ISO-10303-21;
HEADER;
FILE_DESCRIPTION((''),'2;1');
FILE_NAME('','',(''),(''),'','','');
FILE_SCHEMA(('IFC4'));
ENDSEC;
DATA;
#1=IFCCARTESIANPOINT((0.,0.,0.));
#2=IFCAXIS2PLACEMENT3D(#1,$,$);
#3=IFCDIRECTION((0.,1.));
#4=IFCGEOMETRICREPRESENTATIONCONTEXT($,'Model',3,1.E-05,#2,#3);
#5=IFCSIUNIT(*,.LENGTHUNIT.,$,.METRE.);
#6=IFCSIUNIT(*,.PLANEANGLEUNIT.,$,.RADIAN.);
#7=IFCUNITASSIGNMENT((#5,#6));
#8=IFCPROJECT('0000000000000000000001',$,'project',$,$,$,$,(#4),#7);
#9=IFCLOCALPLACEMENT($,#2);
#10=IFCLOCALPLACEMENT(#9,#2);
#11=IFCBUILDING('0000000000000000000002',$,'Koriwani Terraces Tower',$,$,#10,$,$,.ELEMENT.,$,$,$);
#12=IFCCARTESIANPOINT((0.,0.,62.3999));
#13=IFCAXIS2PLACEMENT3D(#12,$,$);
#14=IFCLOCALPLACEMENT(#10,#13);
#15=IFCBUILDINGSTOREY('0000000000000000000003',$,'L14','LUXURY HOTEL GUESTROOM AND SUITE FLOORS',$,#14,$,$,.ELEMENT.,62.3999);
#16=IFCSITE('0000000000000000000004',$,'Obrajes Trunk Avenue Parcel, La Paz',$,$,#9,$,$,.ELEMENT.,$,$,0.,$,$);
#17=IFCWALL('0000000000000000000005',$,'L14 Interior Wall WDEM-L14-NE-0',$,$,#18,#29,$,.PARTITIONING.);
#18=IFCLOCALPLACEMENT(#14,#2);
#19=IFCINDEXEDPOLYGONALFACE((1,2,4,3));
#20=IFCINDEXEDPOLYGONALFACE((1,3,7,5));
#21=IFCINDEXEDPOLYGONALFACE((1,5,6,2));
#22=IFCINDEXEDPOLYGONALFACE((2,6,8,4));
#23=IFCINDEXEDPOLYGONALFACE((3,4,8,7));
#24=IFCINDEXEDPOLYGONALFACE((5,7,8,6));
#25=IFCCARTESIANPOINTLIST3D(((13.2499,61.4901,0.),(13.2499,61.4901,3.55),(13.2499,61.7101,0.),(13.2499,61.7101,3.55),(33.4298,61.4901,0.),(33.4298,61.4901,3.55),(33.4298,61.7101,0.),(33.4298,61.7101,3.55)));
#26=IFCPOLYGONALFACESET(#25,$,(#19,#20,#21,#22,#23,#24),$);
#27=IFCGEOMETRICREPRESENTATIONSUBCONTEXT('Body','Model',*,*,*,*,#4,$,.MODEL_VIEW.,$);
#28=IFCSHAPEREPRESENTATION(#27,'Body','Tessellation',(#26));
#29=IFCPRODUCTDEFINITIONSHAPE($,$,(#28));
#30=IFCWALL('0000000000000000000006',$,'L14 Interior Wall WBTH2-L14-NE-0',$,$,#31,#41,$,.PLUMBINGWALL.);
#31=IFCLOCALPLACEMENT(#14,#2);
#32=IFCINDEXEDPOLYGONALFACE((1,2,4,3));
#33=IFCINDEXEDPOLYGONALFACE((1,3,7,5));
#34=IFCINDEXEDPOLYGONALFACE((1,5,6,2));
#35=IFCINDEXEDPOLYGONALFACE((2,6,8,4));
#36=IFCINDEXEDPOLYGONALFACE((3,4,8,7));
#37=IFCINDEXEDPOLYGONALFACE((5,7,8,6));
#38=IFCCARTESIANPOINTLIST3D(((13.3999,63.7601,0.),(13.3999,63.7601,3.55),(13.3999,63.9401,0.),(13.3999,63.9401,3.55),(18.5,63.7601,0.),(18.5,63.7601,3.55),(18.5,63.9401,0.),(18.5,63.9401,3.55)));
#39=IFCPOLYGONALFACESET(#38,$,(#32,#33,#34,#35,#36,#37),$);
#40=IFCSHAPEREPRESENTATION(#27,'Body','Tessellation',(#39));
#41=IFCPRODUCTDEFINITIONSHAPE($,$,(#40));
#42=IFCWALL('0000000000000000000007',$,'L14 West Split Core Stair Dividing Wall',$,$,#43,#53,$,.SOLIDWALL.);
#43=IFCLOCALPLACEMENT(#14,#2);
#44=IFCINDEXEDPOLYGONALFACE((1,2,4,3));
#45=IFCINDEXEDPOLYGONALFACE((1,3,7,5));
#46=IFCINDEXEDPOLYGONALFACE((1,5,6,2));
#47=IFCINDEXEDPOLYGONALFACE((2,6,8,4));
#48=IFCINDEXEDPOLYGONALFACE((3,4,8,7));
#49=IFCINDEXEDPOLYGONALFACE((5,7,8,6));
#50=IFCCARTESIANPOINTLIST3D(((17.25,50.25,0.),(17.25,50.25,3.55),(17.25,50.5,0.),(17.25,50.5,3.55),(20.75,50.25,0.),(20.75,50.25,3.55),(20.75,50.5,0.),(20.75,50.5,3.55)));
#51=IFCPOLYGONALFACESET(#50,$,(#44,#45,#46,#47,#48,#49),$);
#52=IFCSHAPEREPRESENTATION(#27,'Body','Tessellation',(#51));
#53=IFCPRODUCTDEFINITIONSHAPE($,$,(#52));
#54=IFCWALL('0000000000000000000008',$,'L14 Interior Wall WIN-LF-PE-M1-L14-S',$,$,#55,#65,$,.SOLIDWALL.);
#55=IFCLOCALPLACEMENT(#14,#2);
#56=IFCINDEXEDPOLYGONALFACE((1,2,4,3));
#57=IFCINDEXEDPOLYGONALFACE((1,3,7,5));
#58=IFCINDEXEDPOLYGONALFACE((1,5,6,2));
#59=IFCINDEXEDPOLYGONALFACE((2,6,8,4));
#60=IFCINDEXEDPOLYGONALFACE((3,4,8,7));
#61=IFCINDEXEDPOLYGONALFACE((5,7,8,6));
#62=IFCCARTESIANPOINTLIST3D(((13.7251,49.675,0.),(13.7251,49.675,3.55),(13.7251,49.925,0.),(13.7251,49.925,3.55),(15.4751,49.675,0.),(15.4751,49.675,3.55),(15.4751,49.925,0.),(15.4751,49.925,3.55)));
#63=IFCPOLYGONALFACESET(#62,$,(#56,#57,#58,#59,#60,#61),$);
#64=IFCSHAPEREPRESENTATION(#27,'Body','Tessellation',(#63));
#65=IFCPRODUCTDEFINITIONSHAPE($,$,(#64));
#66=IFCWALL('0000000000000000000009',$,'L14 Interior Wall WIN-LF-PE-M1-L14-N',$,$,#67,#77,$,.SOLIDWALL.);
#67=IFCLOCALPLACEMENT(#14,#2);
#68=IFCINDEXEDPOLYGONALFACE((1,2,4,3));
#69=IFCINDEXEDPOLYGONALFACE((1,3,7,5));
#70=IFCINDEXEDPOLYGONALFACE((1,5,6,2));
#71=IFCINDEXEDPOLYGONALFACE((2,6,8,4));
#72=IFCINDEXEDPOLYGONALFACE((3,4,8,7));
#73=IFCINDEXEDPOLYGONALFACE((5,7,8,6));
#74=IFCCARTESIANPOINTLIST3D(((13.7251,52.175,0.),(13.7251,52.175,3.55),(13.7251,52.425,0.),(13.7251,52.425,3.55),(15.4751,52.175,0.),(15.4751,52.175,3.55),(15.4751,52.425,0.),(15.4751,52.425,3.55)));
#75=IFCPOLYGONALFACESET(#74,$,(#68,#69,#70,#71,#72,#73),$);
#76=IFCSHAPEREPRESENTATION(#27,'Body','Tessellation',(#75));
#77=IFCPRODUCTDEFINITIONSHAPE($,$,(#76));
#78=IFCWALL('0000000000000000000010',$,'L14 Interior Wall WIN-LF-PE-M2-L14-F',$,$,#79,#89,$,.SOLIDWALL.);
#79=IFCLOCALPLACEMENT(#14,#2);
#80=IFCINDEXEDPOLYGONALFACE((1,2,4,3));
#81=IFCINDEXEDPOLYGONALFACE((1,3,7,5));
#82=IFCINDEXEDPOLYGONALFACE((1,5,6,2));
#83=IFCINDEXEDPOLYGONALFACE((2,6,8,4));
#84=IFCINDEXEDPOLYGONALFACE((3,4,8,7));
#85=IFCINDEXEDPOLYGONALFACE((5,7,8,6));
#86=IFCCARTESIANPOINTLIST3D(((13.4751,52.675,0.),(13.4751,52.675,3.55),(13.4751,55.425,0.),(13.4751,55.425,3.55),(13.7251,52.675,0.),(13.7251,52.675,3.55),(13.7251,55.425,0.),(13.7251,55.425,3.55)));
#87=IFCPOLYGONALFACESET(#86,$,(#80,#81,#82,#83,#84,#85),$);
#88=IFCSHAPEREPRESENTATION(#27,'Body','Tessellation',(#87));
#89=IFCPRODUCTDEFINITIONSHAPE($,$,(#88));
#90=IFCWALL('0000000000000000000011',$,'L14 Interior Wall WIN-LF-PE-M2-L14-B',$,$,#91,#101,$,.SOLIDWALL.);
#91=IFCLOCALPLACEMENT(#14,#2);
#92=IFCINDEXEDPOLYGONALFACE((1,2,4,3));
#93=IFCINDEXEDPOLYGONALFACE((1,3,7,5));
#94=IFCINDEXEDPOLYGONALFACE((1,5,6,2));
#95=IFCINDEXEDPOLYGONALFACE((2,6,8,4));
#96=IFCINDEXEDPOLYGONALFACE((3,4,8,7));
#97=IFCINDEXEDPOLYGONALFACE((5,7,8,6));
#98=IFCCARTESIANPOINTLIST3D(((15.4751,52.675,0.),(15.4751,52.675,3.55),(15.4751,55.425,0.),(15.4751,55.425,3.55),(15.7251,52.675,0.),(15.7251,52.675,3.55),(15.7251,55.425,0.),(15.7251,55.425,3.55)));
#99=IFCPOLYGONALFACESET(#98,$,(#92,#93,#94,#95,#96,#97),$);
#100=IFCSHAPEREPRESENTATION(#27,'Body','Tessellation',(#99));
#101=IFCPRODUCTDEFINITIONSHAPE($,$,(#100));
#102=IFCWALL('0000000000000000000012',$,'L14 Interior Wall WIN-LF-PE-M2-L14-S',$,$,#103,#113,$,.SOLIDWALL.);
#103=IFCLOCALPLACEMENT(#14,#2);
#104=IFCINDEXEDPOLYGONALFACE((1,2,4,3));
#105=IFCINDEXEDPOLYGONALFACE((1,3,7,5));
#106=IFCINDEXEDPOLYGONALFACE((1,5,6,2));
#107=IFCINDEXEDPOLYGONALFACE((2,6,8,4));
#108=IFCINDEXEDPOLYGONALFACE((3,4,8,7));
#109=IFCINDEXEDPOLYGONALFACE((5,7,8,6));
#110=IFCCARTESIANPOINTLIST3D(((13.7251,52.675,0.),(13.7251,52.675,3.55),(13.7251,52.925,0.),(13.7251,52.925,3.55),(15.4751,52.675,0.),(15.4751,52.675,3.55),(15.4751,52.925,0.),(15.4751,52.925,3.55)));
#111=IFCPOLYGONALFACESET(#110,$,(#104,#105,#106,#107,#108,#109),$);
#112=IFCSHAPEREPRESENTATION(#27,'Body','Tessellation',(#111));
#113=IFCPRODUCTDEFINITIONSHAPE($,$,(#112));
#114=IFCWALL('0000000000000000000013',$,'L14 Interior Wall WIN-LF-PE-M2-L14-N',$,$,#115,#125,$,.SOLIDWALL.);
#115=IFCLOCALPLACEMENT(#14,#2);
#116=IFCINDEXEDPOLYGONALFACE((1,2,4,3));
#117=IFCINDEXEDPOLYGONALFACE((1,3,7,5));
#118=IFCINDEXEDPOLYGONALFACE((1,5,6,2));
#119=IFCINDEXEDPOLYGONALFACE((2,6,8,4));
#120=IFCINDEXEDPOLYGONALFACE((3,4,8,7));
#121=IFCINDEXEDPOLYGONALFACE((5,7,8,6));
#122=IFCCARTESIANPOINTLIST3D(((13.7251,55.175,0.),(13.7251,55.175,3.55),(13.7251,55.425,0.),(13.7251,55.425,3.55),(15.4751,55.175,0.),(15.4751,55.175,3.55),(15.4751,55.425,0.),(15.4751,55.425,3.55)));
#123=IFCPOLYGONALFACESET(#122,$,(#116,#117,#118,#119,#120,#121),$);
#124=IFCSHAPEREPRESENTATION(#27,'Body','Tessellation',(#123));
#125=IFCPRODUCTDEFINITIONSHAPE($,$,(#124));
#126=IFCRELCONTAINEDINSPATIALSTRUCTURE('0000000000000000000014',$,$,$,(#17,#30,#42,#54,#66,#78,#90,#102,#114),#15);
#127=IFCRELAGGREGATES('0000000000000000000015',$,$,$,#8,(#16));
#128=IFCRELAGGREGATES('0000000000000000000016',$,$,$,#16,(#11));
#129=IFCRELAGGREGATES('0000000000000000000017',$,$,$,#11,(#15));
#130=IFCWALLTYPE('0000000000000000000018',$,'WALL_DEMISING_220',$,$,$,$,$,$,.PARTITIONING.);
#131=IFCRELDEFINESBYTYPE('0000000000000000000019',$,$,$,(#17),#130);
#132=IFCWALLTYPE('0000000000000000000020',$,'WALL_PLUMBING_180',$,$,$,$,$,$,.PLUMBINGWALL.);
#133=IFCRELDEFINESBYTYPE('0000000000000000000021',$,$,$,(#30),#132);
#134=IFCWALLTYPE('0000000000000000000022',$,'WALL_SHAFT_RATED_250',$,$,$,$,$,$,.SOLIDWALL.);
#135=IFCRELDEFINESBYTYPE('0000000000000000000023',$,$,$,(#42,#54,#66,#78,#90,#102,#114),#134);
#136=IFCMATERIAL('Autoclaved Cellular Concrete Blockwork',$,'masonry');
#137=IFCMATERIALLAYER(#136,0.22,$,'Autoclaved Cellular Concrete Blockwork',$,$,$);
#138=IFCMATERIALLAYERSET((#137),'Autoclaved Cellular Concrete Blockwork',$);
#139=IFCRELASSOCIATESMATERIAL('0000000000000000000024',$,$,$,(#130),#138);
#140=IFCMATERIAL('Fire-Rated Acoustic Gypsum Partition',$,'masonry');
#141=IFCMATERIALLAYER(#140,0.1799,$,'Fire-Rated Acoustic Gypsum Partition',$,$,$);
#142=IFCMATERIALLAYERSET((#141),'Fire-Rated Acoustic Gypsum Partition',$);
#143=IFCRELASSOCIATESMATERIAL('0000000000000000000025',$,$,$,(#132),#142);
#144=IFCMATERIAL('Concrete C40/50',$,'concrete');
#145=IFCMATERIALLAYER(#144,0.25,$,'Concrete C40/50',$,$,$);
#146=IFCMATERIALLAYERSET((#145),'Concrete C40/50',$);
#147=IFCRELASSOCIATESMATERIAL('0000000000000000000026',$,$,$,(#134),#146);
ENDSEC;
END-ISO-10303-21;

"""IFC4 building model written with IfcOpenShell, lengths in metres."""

from ifc_helpers import new_model, si_unit, direction, frame, frame_2d, origin, place, context, subcontext, project, spatial, rectangle, extrude, material, layer, layer_set, type_object, element, save


model = new_model("IFC4")

# Units and contexts
model_context = context("Model", 3, precision=1e-05, world=origin(), true_north=direction((0.0, 1.0)))
body_context = subcontext(model_context, "Body", "Model", "MODEL_VIEW")
ifc_project = project(units=[si_unit("LENGTHUNIT", "METRE"), si_unit("PLANEANGLEUNIT", "RADIAN")], contexts=[model_context])

# Site, building, storey
site_placement = place(None, origin())
site = spatial("IfcSite", under=ifc_project, at=site_placement, Name="Obrajes Trunk Avenue Parcel, La Paz", CompositionType="ELEMENT", RefElevation=0.0)
building_placement = place(site_placement, origin())
building = spatial("IfcBuilding", under=site, at=building_placement, Name="Koriwani Terraces Tower", CompositionType="ELEMENT")
storey_placement = place(building_placement, frame((0.0, 0.0, 62.3999)))
storey = spatial("IfcBuildingStorey", under=building, at=storey_placement, Name="L14", Description="LUXURY HOTEL GUESTROOM AND SUITE FLOORS", CompositionType="ELEMENT", Elevation=62.3999)

# Shared definitions
ifc_material_1 = material(Name="Concrete C40/50", Category="concrete")

# Shared definitions
ifc_material_2 = material(Name="Autoclaved Cellular Concrete Blockwork", Category="masonry")

# Walls
ifc_layer_1 = layer(ifc_material_2, 0.22, Name="Autoclaved Cellular Concrete Blockwork")
ifc_layer_set_1 = layer_set([ifc_layer_1], Name="Autoclaved Cellular Concrete Blockwork")
wall_type_1 = type_object("IfcWallType", Name="WALL_DEMISING_220", PredefinedType="PARTITIONING", material=ifc_layer_set_1)
wall_1_placement = place(storey_placement, frame((13.25, 61.6001, 0.0), z_axis=(0.0, 0.0, 1.0), x_axis=(1.0, 0.0, 0.0)))
element("IfcWall", 1, at=wall_1_placement, inside=storey, type_object=wall_type_1, Name="L14 Interior Wall WDEM-L14-NE-0", PredefinedType="PARTITIONING", context=body_context, shape_type="SweptSolid", body=[
    extrude(rectangle(XDim=20.1799, YDim=0.22, at=frame_2d((10.0898, 0.0))), origin(), (0.0, 0.0, 1.0), 3.55),
])
ifc_material_3 = material(Name="Fire-Rated Acoustic Gypsum Partition", Category="masonry")
ifc_layer_2 = layer(ifc_material_3, 0.1799, Name="Fire-Rated Acoustic Gypsum Partition")
ifc_layer_set_2 = layer_set([ifc_layer_2], Name="Fire-Rated Acoustic Gypsum Partition")
wall_type_2 = type_object("IfcWallType", Name="WALL_PLUMBING_180", PredefinedType="PLUMBINGWALL", material=ifc_layer_set_2)
wall_2_placement = place(storey_placement, frame((13.3999, 63.8501, 0.0), z_axis=(0.0, 0.0, 1.0), x_axis=(1.0, 0.0, 0.0)))
element("IfcWall", 2, at=wall_2_placement, inside=storey, type_object=wall_type_2, Name="L14 Interior Wall WBTH2-L14-NE-0", PredefinedType="PLUMBINGWALL", context=body_context, shape_type="SweptSolid", body=[
    extrude(rectangle(XDim=5.1001, YDim=0.1799, at=frame_2d((2.55, 0.0))), origin(), (0.0, 0.0, 1.0), 3.55),
])
ifc_layer_3 = layer(ifc_material_1, 0.25, Name="Concrete C40/50")
ifc_layer_set_3 = layer_set([ifc_layer_3], Name="Concrete C40/50")
wall_type_3 = type_object("IfcWallType", Name="WALL_SHAFT_RATED_250", PredefinedType="SOLIDWALL", material=ifc_layer_set_3)
wall_3_placement = place(storey_placement, frame((17.25, 50.375, 0.0), z_axis=(0.0, 0.0, 1.0), x_axis=(1.0, 0.0, 0.0)))
element("IfcWall", 3, at=wall_3_placement, inside=storey, type_object=wall_type_3, Name="L14 West Split Core Stair Dividing Wall", PredefinedType="SOLIDWALL", context=body_context, shape_type="SweptSolid", body=[
    extrude(rectangle(XDim=3.5, YDim=0.25, at=frame_2d((1.75, 0.0))), origin(), (0.0, 0.0, 1.0), 3.55),
])
for number, where, z_axis, x_axis, name in (
    (4, (13.7251, 49.8, 0.0), (0.0, 0.0, 1.0), (1.0, 0.0, 0.0), "L14 Interior Wall WIN-LF-PE-M1-L14-S"),
    (5, (13.7251, 52.3, 0.0), (0.0, 0.0, 1.0), (1.0, 0.0, 0.0), "L14 Interior Wall WIN-LF-PE-M1-L14-N"),
):
    element("IfcWall", number, at=place(storey_placement, frame(where, z_axis=z_axis, x_axis=x_axis)), inside=storey, type_object=wall_type_3, Name=name, PredefinedType="SOLIDWALL", context=body_context, shape_type="SweptSolid", body=[
        extrude(rectangle(XDim=1.75, YDim=0.25, at=frame_2d((0.875, 0.0))), origin(), (0.0, 0.0, 1.0), 3.55),
    ])
for number, where, z_axis, x_axis, name in (
    (6, (13.6001, 52.675, 0.0), (0.0, 0.0, 1.0), (0.0, 1.0, 0.0), "L14 Interior Wall WIN-LF-PE-M2-L14-F"),
    (7, (15.6001, 52.675, 0.0), (0.0, 0.0, 1.0), (0.0, 1.0, 0.0), "L14 Interior Wall WIN-LF-PE-M2-L14-B"),
):
    element("IfcWall", number, at=place(storey_placement, frame(where, z_axis=z_axis, x_axis=x_axis)), inside=storey, type_object=wall_type_3, Name=name, PredefinedType="SOLIDWALL", context=body_context, shape_type="SweptSolid", body=[
        extrude(rectangle(XDim=2.75, YDim=0.25, at=frame_2d((1.375, 0.0))), origin(), (0.0, 0.0, 1.0), 3.55),
    ])
for number, where, z_axis, x_axis, name in (
    (8, (13.7251, 52.8, 0.0), (0.0, 0.0, 1.0), (1.0, 0.0, 0.0), "L14 Interior Wall WIN-LF-PE-M2-L14-S"),
    (9, (13.7251, 55.3, 0.0), (0.0, 0.0, 1.0), (1.0, 0.0, 0.0), "L14 Interior Wall WIN-LF-PE-M2-L14-N"),
):
    element("IfcWall", number, at=place(storey_placement, frame(where, z_axis=z_axis, x_axis=x_axis)), inside=storey, type_object=wall_type_3, Name=name, PredefinedType="SOLIDWALL", context=body_context, shape_type="SweptSolid", body=[
        extrude(rectangle(XDim=1.75, YDim=0.25, at=frame_2d((0.875, 0.0))), origin(), (0.0, 0.0, 1.0), 3.55),
    ])

save(model, "model.ifc")
